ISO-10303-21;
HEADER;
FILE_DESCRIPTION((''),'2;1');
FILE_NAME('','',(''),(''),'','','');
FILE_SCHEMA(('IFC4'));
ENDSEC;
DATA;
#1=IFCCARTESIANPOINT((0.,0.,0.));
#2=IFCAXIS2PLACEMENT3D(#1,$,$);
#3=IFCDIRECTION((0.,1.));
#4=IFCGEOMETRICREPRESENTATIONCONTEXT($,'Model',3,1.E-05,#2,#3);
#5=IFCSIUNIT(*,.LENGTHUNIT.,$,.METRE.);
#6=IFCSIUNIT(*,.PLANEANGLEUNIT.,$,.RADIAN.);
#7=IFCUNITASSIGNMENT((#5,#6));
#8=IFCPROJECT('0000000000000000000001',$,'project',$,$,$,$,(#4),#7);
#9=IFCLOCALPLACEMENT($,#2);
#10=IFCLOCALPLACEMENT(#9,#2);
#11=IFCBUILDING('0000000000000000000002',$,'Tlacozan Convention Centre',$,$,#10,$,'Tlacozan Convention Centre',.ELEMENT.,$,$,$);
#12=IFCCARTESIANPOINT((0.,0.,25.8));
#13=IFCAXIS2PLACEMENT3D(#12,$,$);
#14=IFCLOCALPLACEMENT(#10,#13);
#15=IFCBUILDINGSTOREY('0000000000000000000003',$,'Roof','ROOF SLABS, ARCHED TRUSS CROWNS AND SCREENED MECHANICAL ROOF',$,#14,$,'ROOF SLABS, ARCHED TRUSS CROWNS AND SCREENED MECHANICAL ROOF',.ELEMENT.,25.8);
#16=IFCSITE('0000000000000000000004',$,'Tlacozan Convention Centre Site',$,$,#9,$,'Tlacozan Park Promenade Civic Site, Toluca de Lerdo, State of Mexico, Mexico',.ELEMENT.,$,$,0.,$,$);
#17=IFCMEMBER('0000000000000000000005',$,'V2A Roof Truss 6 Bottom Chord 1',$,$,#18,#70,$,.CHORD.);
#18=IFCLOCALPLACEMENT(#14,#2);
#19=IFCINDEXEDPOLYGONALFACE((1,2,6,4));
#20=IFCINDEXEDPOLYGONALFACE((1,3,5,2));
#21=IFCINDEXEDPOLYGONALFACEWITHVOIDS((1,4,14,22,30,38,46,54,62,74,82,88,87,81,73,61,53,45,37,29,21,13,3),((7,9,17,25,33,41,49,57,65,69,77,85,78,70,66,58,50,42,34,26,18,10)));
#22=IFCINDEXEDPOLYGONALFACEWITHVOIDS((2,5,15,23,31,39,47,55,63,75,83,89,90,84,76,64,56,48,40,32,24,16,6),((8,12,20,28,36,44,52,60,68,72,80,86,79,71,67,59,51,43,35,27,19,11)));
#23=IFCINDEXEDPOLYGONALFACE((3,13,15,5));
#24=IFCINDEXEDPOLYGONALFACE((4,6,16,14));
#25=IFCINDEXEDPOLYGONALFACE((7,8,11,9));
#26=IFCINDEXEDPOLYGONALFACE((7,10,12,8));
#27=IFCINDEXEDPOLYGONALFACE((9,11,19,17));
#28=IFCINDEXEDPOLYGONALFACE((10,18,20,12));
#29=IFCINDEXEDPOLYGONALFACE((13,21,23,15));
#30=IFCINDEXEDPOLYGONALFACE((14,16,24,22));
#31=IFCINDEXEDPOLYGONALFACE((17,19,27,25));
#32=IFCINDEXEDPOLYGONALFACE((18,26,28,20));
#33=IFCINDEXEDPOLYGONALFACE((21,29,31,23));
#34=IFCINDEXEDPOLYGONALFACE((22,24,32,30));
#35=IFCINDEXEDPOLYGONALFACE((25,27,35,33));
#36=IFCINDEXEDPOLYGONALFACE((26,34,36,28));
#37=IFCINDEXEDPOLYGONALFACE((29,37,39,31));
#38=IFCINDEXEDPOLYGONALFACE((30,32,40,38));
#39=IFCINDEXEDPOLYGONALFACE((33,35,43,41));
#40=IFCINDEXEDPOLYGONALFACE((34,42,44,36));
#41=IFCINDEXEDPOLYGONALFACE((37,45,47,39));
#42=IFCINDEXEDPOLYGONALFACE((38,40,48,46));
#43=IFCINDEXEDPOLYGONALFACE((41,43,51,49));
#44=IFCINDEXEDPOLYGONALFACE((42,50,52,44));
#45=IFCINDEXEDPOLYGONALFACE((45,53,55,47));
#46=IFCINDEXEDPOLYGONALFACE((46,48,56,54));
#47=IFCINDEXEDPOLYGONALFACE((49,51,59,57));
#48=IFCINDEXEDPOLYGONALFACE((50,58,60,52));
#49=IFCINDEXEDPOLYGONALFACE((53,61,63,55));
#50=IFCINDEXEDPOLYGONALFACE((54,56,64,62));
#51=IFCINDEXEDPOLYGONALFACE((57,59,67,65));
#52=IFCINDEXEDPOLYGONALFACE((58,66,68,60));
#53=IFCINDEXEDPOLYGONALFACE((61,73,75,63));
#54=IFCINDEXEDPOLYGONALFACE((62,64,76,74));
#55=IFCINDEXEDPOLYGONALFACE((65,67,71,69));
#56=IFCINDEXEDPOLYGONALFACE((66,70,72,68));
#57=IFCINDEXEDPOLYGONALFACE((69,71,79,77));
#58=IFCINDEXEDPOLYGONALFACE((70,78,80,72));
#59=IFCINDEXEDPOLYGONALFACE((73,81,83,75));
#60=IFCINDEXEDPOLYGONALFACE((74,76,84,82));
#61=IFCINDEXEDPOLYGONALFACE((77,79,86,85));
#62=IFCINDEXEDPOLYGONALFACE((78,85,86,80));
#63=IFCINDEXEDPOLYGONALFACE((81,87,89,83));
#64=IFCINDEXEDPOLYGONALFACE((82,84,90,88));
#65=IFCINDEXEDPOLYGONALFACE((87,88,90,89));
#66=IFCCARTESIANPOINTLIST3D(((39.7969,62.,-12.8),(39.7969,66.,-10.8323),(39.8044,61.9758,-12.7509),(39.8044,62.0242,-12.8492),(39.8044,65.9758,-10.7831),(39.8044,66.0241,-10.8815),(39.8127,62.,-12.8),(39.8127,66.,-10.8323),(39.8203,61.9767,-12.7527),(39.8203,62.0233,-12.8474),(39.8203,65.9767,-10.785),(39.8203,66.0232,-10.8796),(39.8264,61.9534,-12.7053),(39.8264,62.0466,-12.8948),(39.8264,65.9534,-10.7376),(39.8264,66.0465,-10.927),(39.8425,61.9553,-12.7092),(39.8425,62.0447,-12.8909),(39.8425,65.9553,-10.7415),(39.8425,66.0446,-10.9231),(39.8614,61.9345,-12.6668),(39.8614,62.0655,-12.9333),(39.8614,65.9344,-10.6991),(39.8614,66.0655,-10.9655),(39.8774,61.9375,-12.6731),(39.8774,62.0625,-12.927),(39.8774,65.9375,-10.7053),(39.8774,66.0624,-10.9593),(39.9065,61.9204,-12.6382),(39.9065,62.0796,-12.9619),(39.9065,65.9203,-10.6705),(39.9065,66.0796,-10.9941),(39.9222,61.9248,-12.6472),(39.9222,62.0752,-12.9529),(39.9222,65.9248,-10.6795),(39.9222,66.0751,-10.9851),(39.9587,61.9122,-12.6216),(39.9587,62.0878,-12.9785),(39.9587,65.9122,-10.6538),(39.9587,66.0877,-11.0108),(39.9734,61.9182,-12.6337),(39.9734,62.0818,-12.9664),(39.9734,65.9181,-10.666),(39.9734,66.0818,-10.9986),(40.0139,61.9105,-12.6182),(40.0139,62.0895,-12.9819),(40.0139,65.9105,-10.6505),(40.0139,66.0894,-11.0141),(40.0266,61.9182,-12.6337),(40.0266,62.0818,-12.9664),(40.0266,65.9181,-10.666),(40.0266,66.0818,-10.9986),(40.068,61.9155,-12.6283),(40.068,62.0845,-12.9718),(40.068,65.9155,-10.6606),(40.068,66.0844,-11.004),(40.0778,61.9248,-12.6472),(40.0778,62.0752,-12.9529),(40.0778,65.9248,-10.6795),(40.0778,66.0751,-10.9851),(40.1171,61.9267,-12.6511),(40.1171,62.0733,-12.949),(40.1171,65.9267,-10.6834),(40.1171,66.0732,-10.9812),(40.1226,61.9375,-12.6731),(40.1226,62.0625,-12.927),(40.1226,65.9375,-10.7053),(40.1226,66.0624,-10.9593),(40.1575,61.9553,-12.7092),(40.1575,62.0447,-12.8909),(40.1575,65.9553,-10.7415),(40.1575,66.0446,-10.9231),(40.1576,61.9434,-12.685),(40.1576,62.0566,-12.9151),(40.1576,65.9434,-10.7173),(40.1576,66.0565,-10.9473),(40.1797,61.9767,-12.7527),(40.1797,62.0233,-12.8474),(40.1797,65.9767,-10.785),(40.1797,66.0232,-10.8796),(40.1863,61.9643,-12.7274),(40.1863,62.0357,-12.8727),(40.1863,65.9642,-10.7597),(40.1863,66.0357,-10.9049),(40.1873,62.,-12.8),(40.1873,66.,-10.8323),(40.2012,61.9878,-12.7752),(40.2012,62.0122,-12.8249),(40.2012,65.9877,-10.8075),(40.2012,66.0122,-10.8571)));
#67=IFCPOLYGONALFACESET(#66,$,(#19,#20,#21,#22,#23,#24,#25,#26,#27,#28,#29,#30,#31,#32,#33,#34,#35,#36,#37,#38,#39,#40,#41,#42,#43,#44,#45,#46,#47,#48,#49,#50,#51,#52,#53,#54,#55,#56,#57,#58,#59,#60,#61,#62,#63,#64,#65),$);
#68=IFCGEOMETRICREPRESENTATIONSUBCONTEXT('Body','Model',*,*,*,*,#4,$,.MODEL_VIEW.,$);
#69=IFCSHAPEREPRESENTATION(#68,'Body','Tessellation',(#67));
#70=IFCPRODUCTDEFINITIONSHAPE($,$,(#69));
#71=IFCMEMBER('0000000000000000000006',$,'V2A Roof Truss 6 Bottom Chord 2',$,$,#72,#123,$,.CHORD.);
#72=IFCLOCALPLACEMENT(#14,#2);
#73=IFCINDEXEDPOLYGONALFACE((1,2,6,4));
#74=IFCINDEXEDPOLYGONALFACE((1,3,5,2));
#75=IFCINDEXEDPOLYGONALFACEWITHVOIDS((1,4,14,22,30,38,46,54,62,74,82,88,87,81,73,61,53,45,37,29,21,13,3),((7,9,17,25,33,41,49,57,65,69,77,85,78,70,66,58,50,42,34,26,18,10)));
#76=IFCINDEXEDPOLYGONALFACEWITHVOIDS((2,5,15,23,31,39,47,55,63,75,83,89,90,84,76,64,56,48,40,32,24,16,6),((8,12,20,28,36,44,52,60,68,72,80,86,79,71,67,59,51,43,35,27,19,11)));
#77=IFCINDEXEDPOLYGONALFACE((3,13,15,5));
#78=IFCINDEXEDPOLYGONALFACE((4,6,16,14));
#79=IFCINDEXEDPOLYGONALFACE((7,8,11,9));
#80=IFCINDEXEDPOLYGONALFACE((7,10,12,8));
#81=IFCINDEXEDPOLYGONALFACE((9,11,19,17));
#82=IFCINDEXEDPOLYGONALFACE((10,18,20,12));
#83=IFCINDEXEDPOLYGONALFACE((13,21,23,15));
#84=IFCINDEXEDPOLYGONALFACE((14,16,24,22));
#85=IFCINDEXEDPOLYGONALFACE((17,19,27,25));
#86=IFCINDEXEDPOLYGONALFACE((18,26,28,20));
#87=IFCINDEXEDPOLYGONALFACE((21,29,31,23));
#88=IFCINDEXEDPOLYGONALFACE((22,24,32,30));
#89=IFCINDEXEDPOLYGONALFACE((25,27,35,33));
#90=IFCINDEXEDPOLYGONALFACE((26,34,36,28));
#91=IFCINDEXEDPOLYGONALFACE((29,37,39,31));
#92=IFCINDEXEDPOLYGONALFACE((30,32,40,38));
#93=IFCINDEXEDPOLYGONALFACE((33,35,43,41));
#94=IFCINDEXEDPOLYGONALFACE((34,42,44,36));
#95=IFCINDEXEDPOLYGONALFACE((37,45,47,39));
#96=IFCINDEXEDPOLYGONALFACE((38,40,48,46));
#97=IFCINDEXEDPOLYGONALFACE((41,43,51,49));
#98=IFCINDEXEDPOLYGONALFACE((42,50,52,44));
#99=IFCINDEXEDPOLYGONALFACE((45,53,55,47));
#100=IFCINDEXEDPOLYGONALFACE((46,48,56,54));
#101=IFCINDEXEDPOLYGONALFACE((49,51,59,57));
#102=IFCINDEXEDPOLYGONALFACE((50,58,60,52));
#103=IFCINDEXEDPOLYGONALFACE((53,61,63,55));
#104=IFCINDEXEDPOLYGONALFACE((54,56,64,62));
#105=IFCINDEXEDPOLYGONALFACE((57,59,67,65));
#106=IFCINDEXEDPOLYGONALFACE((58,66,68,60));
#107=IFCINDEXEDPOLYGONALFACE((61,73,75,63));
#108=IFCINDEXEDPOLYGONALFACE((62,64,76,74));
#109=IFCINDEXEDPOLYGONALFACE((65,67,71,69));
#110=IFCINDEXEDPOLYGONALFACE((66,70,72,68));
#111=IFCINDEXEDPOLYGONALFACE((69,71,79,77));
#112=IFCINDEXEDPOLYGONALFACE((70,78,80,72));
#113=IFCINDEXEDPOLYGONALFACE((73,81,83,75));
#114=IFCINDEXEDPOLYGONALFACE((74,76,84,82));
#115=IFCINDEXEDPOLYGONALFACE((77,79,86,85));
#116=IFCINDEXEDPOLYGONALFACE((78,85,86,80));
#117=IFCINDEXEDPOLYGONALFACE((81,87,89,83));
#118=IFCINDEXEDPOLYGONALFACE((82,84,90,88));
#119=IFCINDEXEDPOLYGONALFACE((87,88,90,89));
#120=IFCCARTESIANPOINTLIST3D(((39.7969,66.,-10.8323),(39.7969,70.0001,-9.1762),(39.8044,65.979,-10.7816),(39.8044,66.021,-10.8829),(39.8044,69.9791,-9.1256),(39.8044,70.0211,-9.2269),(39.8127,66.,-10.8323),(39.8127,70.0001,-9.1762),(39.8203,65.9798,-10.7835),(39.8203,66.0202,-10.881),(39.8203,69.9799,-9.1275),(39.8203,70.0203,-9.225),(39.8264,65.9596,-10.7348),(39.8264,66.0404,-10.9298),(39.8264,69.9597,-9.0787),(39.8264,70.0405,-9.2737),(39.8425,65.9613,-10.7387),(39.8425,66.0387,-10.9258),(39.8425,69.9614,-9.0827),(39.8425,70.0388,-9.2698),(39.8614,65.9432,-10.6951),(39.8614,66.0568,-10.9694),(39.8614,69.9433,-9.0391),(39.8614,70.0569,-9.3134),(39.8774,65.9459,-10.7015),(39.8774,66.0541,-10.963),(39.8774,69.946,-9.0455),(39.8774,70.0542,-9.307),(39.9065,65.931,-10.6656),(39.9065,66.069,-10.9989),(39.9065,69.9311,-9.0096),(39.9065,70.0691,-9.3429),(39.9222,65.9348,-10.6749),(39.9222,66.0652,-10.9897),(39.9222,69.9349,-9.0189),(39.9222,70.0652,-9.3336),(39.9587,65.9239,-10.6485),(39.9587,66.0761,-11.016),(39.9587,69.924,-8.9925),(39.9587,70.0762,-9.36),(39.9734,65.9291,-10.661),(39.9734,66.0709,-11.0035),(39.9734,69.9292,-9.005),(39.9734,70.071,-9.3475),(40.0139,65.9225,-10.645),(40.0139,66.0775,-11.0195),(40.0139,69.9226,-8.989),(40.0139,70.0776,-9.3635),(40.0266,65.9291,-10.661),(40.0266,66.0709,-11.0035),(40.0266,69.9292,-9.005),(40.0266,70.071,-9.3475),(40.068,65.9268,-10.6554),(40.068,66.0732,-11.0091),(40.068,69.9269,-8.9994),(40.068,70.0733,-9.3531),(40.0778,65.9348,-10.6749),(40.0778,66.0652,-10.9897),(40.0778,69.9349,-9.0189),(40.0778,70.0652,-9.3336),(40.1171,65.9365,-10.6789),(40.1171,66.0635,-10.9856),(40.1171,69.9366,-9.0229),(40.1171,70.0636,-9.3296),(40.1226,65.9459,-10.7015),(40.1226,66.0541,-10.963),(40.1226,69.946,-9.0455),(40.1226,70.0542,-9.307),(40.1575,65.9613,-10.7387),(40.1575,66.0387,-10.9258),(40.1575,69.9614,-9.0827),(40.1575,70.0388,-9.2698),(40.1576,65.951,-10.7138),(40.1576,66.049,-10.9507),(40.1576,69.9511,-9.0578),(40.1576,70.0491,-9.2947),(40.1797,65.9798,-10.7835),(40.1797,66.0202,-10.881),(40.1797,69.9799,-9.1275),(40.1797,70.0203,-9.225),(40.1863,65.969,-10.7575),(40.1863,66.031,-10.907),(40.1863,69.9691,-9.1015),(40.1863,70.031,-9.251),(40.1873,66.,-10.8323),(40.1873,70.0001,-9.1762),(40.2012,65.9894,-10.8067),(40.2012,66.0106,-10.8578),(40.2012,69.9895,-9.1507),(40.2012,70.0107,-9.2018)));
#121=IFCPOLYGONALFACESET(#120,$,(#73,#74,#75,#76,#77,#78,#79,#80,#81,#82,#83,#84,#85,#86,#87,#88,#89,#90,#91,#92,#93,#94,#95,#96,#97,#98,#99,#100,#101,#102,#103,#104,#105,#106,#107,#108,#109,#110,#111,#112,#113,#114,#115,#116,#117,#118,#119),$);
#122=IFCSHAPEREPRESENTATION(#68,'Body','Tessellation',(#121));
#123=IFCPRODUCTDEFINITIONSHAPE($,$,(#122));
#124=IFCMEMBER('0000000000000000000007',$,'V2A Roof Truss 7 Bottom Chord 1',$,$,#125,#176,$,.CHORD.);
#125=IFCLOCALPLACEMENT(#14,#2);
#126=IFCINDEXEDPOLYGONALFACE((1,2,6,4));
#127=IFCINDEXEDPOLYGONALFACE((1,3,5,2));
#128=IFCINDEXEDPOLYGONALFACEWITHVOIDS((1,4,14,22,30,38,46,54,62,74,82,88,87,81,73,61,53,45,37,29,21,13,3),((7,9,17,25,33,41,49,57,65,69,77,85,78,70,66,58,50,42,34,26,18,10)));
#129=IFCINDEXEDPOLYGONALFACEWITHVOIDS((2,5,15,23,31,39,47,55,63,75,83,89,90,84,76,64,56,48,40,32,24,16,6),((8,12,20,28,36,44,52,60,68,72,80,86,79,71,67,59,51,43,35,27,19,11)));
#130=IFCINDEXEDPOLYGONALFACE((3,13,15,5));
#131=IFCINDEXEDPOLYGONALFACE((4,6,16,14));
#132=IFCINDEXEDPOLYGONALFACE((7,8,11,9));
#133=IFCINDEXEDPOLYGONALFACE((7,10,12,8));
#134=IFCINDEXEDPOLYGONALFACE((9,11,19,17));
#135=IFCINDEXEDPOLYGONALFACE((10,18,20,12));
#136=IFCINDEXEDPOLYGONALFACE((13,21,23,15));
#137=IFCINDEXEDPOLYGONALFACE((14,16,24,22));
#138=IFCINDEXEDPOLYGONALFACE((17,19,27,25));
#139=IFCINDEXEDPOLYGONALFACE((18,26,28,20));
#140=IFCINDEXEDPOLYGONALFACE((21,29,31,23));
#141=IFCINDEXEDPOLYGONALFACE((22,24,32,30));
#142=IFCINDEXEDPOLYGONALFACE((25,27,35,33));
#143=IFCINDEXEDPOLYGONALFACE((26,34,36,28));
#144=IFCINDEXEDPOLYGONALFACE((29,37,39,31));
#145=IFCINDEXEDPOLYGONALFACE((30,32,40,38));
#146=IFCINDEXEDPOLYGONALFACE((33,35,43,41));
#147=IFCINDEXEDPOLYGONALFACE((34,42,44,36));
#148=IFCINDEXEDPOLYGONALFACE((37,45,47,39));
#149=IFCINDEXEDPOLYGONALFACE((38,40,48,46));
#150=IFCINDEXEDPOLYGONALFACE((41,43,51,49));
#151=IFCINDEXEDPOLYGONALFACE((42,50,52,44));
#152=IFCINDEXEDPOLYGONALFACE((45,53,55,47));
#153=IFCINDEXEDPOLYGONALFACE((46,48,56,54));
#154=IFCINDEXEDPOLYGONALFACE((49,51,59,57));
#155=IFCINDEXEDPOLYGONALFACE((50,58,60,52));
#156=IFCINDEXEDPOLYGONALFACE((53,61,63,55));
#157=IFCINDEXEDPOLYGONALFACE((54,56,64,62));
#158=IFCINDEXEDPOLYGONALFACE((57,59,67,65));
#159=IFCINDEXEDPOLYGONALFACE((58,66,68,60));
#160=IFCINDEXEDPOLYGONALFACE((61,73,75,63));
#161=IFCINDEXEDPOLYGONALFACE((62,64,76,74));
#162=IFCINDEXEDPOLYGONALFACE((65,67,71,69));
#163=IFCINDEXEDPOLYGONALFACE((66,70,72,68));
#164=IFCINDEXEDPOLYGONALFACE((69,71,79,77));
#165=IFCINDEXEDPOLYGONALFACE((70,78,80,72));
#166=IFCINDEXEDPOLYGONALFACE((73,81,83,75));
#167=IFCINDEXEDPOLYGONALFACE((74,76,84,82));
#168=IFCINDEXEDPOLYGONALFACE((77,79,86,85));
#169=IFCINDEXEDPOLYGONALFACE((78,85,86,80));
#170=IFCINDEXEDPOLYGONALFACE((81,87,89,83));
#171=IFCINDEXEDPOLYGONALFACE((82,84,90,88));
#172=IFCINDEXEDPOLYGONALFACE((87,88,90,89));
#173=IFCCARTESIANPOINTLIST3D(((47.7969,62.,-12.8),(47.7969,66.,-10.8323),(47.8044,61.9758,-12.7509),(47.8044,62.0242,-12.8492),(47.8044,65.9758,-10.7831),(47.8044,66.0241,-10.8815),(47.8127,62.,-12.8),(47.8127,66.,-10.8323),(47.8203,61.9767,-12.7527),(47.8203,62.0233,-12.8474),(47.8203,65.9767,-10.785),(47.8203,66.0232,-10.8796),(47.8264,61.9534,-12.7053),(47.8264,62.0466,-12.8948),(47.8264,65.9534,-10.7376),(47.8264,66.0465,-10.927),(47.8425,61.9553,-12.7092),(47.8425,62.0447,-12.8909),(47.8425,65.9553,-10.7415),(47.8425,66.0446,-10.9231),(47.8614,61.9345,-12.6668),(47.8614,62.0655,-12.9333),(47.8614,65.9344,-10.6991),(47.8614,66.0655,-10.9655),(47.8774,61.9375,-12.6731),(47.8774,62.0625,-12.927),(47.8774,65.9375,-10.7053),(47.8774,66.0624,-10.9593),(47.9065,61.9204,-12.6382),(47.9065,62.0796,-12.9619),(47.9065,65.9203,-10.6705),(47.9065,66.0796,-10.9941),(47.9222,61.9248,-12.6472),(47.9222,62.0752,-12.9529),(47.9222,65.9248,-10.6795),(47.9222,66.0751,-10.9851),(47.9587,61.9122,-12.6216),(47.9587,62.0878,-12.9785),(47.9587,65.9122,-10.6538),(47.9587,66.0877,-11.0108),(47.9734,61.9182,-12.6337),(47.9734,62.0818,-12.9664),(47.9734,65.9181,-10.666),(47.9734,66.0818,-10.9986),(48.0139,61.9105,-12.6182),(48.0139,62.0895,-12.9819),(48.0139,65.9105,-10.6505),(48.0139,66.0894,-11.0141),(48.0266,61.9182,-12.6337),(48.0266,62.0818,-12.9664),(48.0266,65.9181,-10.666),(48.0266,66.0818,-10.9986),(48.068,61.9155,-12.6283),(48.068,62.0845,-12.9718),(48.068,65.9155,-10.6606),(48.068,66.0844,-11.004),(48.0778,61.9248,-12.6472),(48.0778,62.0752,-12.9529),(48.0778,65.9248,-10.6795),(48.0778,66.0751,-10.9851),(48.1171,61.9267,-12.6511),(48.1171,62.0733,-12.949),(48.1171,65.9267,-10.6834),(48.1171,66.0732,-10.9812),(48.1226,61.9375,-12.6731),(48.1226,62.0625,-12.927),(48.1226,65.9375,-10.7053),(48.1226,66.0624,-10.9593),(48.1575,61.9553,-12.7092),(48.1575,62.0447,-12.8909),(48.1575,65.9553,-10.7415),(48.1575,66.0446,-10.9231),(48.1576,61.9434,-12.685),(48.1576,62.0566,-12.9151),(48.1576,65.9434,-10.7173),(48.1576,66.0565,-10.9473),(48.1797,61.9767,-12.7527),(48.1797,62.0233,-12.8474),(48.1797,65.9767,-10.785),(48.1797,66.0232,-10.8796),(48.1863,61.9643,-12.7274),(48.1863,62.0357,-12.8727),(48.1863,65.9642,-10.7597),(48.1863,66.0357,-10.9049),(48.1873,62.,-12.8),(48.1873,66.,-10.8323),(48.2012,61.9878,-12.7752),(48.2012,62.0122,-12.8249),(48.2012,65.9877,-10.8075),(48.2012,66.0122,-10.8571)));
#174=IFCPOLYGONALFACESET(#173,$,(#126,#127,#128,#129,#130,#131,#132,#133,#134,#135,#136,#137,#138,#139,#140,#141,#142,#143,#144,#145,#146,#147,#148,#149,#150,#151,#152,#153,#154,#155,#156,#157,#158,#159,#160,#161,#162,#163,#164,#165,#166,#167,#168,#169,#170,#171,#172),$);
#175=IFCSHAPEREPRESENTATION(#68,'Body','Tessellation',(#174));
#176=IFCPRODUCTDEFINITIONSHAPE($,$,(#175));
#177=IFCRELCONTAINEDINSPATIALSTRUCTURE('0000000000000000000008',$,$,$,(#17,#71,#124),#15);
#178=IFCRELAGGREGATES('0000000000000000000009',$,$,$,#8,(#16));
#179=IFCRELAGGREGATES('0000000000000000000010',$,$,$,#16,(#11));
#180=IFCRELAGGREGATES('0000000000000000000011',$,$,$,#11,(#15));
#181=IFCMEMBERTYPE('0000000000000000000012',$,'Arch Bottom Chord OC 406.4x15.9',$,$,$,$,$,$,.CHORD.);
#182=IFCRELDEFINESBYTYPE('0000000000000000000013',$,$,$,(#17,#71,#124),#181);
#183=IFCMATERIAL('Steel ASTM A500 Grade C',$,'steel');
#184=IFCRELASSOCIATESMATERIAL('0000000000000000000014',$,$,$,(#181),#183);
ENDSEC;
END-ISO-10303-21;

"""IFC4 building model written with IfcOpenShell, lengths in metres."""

from ifc_helpers import new_model, si_unit, direction, frame, origin, origin_2d, place, context, subcontext, project, spatial, hollow_circle, extrude, material, material_profile, profile_set, type_object, element, save


model = new_model("IFC4")

# Units and contexts
model_context = context("Model", 3, precision=1e-05, world=origin(), true_north=direction((0.0, 1.0)))
body_context = subcontext(model_context, "Body", "Model", "MODEL_VIEW")
ifc_project = project(units=[si_unit("LENGTHUNIT", "METRE"), si_unit("PLANEANGLEUNIT", "RADIAN")], contexts=[model_context])

# Site, building, storey
site_placement = place(None, origin())
site = spatial("IfcSite", under=ifc_project, at=site_placement, Name="Tlacozan Convention Centre Site", LongName="Tlacozan Park Promenade Civic Site, Toluca de Lerdo, State of Mexico, Mexico", CompositionType="ELEMENT", RefElevation=0.0)
building_placement = place(site_placement, origin())
building = spatial("IfcBuilding", under=site, at=building_placement, Name="Tlacozan Convention Centre", LongName="Tlacozan Convention Centre", CompositionType="ELEMENT")
storey_placement = place(building_placement, frame((0.0, 0.0, 25.8)))
storey = spatial("IfcBuildingStorey", under=building, at=storey_placement, Name="Roof", Description="ROOF SLABS, ARCHED TRUSS CROWNS AND SCREENED MECHANICAL ROOF", LongName="ROOF SLABS, ARCHED TRUSS CROWNS AND SCREENED MECHANICAL ROOF", CompositionType="ELEMENT", Elevation=25.8)

# Members
ifc_material_1 = material(Name="Steel ASTM A500 Grade C", Category="steel")
ifc_material_profile_1 = material_profile(ifc_material_1, hollow_circle(Radius=0.2031, WallThickness=0.0159, at=origin_2d()), Name="OC 406.4x15.9")
ifc_profile_set_1 = profile_set([ifc_material_profile_1], Name="Steel ASTM A500 Grade C")
member_type_1 = type_object("IfcMemberType", Name="Arch Bottom Chord OC 406.4x15.9", PredefinedType="CHORD", material=ifc_profile_set_1)
member_1_placement = place(storey_placement, frame((40.0, 62.0, -12.8), z_axis=(0.0, 0.8973, 0.441421), x_axis=(-1.0, 0.0, 0.0)))
element("IfcMember", 1, at=member_1_placement, inside=storey, type_object=member_type_1, Name="V2A Roof Truss 6 Bottom Chord 1", PredefinedType="CHORD", context=body_context, shape_type="SweptSolid", body=[
    extrude(hollow_circle(Radius=0.2031, WallThickness=0.0159, at=origin_2d()), origin(), (0.0, 0.0, 1.0), 4.4578),
])
member_2_placement = place(storey_placement, frame((40.0, 66.0, -10.8323), z_axis=(0.0, 0.923949, 0.382516), x_axis=(-1.0, 0.0, 0.0)))
element("IfcMember", 2, at=member_2_placement, inside=storey, type_object=member_type_1, Name="V2A Roof Truss 6 Bottom Chord 2", PredefinedType="CHORD", context=body_context, shape_type="SweptSolid", body=[
    extrude(hollow_circle(Radius=0.2031, WallThickness=0.0159, at=origin_2d()), origin(), (0.0, 0.0, 1.0), 4.3293),
])
member_3_placement = place(storey_placement, frame((48.0, 62.0, -12.8), z_axis=(0.0, 0.8973, 0.441421), x_axis=(-1.0, 0.0, 0.0)))
element("IfcMember", 3, at=member_3_placement, inside=storey, type_object=member_type_1, Name="V2A Roof Truss 7 Bottom Chord 1", PredefinedType="CHORD", context=body_context, shape_type="SweptSolid", body=[
    extrude(hollow_circle(Radius=0.2031, WallThickness=0.0159, at=origin_2d()), origin(), (0.0, 0.0, 1.0), 4.4578),
])

save(model, "model.ifc")
